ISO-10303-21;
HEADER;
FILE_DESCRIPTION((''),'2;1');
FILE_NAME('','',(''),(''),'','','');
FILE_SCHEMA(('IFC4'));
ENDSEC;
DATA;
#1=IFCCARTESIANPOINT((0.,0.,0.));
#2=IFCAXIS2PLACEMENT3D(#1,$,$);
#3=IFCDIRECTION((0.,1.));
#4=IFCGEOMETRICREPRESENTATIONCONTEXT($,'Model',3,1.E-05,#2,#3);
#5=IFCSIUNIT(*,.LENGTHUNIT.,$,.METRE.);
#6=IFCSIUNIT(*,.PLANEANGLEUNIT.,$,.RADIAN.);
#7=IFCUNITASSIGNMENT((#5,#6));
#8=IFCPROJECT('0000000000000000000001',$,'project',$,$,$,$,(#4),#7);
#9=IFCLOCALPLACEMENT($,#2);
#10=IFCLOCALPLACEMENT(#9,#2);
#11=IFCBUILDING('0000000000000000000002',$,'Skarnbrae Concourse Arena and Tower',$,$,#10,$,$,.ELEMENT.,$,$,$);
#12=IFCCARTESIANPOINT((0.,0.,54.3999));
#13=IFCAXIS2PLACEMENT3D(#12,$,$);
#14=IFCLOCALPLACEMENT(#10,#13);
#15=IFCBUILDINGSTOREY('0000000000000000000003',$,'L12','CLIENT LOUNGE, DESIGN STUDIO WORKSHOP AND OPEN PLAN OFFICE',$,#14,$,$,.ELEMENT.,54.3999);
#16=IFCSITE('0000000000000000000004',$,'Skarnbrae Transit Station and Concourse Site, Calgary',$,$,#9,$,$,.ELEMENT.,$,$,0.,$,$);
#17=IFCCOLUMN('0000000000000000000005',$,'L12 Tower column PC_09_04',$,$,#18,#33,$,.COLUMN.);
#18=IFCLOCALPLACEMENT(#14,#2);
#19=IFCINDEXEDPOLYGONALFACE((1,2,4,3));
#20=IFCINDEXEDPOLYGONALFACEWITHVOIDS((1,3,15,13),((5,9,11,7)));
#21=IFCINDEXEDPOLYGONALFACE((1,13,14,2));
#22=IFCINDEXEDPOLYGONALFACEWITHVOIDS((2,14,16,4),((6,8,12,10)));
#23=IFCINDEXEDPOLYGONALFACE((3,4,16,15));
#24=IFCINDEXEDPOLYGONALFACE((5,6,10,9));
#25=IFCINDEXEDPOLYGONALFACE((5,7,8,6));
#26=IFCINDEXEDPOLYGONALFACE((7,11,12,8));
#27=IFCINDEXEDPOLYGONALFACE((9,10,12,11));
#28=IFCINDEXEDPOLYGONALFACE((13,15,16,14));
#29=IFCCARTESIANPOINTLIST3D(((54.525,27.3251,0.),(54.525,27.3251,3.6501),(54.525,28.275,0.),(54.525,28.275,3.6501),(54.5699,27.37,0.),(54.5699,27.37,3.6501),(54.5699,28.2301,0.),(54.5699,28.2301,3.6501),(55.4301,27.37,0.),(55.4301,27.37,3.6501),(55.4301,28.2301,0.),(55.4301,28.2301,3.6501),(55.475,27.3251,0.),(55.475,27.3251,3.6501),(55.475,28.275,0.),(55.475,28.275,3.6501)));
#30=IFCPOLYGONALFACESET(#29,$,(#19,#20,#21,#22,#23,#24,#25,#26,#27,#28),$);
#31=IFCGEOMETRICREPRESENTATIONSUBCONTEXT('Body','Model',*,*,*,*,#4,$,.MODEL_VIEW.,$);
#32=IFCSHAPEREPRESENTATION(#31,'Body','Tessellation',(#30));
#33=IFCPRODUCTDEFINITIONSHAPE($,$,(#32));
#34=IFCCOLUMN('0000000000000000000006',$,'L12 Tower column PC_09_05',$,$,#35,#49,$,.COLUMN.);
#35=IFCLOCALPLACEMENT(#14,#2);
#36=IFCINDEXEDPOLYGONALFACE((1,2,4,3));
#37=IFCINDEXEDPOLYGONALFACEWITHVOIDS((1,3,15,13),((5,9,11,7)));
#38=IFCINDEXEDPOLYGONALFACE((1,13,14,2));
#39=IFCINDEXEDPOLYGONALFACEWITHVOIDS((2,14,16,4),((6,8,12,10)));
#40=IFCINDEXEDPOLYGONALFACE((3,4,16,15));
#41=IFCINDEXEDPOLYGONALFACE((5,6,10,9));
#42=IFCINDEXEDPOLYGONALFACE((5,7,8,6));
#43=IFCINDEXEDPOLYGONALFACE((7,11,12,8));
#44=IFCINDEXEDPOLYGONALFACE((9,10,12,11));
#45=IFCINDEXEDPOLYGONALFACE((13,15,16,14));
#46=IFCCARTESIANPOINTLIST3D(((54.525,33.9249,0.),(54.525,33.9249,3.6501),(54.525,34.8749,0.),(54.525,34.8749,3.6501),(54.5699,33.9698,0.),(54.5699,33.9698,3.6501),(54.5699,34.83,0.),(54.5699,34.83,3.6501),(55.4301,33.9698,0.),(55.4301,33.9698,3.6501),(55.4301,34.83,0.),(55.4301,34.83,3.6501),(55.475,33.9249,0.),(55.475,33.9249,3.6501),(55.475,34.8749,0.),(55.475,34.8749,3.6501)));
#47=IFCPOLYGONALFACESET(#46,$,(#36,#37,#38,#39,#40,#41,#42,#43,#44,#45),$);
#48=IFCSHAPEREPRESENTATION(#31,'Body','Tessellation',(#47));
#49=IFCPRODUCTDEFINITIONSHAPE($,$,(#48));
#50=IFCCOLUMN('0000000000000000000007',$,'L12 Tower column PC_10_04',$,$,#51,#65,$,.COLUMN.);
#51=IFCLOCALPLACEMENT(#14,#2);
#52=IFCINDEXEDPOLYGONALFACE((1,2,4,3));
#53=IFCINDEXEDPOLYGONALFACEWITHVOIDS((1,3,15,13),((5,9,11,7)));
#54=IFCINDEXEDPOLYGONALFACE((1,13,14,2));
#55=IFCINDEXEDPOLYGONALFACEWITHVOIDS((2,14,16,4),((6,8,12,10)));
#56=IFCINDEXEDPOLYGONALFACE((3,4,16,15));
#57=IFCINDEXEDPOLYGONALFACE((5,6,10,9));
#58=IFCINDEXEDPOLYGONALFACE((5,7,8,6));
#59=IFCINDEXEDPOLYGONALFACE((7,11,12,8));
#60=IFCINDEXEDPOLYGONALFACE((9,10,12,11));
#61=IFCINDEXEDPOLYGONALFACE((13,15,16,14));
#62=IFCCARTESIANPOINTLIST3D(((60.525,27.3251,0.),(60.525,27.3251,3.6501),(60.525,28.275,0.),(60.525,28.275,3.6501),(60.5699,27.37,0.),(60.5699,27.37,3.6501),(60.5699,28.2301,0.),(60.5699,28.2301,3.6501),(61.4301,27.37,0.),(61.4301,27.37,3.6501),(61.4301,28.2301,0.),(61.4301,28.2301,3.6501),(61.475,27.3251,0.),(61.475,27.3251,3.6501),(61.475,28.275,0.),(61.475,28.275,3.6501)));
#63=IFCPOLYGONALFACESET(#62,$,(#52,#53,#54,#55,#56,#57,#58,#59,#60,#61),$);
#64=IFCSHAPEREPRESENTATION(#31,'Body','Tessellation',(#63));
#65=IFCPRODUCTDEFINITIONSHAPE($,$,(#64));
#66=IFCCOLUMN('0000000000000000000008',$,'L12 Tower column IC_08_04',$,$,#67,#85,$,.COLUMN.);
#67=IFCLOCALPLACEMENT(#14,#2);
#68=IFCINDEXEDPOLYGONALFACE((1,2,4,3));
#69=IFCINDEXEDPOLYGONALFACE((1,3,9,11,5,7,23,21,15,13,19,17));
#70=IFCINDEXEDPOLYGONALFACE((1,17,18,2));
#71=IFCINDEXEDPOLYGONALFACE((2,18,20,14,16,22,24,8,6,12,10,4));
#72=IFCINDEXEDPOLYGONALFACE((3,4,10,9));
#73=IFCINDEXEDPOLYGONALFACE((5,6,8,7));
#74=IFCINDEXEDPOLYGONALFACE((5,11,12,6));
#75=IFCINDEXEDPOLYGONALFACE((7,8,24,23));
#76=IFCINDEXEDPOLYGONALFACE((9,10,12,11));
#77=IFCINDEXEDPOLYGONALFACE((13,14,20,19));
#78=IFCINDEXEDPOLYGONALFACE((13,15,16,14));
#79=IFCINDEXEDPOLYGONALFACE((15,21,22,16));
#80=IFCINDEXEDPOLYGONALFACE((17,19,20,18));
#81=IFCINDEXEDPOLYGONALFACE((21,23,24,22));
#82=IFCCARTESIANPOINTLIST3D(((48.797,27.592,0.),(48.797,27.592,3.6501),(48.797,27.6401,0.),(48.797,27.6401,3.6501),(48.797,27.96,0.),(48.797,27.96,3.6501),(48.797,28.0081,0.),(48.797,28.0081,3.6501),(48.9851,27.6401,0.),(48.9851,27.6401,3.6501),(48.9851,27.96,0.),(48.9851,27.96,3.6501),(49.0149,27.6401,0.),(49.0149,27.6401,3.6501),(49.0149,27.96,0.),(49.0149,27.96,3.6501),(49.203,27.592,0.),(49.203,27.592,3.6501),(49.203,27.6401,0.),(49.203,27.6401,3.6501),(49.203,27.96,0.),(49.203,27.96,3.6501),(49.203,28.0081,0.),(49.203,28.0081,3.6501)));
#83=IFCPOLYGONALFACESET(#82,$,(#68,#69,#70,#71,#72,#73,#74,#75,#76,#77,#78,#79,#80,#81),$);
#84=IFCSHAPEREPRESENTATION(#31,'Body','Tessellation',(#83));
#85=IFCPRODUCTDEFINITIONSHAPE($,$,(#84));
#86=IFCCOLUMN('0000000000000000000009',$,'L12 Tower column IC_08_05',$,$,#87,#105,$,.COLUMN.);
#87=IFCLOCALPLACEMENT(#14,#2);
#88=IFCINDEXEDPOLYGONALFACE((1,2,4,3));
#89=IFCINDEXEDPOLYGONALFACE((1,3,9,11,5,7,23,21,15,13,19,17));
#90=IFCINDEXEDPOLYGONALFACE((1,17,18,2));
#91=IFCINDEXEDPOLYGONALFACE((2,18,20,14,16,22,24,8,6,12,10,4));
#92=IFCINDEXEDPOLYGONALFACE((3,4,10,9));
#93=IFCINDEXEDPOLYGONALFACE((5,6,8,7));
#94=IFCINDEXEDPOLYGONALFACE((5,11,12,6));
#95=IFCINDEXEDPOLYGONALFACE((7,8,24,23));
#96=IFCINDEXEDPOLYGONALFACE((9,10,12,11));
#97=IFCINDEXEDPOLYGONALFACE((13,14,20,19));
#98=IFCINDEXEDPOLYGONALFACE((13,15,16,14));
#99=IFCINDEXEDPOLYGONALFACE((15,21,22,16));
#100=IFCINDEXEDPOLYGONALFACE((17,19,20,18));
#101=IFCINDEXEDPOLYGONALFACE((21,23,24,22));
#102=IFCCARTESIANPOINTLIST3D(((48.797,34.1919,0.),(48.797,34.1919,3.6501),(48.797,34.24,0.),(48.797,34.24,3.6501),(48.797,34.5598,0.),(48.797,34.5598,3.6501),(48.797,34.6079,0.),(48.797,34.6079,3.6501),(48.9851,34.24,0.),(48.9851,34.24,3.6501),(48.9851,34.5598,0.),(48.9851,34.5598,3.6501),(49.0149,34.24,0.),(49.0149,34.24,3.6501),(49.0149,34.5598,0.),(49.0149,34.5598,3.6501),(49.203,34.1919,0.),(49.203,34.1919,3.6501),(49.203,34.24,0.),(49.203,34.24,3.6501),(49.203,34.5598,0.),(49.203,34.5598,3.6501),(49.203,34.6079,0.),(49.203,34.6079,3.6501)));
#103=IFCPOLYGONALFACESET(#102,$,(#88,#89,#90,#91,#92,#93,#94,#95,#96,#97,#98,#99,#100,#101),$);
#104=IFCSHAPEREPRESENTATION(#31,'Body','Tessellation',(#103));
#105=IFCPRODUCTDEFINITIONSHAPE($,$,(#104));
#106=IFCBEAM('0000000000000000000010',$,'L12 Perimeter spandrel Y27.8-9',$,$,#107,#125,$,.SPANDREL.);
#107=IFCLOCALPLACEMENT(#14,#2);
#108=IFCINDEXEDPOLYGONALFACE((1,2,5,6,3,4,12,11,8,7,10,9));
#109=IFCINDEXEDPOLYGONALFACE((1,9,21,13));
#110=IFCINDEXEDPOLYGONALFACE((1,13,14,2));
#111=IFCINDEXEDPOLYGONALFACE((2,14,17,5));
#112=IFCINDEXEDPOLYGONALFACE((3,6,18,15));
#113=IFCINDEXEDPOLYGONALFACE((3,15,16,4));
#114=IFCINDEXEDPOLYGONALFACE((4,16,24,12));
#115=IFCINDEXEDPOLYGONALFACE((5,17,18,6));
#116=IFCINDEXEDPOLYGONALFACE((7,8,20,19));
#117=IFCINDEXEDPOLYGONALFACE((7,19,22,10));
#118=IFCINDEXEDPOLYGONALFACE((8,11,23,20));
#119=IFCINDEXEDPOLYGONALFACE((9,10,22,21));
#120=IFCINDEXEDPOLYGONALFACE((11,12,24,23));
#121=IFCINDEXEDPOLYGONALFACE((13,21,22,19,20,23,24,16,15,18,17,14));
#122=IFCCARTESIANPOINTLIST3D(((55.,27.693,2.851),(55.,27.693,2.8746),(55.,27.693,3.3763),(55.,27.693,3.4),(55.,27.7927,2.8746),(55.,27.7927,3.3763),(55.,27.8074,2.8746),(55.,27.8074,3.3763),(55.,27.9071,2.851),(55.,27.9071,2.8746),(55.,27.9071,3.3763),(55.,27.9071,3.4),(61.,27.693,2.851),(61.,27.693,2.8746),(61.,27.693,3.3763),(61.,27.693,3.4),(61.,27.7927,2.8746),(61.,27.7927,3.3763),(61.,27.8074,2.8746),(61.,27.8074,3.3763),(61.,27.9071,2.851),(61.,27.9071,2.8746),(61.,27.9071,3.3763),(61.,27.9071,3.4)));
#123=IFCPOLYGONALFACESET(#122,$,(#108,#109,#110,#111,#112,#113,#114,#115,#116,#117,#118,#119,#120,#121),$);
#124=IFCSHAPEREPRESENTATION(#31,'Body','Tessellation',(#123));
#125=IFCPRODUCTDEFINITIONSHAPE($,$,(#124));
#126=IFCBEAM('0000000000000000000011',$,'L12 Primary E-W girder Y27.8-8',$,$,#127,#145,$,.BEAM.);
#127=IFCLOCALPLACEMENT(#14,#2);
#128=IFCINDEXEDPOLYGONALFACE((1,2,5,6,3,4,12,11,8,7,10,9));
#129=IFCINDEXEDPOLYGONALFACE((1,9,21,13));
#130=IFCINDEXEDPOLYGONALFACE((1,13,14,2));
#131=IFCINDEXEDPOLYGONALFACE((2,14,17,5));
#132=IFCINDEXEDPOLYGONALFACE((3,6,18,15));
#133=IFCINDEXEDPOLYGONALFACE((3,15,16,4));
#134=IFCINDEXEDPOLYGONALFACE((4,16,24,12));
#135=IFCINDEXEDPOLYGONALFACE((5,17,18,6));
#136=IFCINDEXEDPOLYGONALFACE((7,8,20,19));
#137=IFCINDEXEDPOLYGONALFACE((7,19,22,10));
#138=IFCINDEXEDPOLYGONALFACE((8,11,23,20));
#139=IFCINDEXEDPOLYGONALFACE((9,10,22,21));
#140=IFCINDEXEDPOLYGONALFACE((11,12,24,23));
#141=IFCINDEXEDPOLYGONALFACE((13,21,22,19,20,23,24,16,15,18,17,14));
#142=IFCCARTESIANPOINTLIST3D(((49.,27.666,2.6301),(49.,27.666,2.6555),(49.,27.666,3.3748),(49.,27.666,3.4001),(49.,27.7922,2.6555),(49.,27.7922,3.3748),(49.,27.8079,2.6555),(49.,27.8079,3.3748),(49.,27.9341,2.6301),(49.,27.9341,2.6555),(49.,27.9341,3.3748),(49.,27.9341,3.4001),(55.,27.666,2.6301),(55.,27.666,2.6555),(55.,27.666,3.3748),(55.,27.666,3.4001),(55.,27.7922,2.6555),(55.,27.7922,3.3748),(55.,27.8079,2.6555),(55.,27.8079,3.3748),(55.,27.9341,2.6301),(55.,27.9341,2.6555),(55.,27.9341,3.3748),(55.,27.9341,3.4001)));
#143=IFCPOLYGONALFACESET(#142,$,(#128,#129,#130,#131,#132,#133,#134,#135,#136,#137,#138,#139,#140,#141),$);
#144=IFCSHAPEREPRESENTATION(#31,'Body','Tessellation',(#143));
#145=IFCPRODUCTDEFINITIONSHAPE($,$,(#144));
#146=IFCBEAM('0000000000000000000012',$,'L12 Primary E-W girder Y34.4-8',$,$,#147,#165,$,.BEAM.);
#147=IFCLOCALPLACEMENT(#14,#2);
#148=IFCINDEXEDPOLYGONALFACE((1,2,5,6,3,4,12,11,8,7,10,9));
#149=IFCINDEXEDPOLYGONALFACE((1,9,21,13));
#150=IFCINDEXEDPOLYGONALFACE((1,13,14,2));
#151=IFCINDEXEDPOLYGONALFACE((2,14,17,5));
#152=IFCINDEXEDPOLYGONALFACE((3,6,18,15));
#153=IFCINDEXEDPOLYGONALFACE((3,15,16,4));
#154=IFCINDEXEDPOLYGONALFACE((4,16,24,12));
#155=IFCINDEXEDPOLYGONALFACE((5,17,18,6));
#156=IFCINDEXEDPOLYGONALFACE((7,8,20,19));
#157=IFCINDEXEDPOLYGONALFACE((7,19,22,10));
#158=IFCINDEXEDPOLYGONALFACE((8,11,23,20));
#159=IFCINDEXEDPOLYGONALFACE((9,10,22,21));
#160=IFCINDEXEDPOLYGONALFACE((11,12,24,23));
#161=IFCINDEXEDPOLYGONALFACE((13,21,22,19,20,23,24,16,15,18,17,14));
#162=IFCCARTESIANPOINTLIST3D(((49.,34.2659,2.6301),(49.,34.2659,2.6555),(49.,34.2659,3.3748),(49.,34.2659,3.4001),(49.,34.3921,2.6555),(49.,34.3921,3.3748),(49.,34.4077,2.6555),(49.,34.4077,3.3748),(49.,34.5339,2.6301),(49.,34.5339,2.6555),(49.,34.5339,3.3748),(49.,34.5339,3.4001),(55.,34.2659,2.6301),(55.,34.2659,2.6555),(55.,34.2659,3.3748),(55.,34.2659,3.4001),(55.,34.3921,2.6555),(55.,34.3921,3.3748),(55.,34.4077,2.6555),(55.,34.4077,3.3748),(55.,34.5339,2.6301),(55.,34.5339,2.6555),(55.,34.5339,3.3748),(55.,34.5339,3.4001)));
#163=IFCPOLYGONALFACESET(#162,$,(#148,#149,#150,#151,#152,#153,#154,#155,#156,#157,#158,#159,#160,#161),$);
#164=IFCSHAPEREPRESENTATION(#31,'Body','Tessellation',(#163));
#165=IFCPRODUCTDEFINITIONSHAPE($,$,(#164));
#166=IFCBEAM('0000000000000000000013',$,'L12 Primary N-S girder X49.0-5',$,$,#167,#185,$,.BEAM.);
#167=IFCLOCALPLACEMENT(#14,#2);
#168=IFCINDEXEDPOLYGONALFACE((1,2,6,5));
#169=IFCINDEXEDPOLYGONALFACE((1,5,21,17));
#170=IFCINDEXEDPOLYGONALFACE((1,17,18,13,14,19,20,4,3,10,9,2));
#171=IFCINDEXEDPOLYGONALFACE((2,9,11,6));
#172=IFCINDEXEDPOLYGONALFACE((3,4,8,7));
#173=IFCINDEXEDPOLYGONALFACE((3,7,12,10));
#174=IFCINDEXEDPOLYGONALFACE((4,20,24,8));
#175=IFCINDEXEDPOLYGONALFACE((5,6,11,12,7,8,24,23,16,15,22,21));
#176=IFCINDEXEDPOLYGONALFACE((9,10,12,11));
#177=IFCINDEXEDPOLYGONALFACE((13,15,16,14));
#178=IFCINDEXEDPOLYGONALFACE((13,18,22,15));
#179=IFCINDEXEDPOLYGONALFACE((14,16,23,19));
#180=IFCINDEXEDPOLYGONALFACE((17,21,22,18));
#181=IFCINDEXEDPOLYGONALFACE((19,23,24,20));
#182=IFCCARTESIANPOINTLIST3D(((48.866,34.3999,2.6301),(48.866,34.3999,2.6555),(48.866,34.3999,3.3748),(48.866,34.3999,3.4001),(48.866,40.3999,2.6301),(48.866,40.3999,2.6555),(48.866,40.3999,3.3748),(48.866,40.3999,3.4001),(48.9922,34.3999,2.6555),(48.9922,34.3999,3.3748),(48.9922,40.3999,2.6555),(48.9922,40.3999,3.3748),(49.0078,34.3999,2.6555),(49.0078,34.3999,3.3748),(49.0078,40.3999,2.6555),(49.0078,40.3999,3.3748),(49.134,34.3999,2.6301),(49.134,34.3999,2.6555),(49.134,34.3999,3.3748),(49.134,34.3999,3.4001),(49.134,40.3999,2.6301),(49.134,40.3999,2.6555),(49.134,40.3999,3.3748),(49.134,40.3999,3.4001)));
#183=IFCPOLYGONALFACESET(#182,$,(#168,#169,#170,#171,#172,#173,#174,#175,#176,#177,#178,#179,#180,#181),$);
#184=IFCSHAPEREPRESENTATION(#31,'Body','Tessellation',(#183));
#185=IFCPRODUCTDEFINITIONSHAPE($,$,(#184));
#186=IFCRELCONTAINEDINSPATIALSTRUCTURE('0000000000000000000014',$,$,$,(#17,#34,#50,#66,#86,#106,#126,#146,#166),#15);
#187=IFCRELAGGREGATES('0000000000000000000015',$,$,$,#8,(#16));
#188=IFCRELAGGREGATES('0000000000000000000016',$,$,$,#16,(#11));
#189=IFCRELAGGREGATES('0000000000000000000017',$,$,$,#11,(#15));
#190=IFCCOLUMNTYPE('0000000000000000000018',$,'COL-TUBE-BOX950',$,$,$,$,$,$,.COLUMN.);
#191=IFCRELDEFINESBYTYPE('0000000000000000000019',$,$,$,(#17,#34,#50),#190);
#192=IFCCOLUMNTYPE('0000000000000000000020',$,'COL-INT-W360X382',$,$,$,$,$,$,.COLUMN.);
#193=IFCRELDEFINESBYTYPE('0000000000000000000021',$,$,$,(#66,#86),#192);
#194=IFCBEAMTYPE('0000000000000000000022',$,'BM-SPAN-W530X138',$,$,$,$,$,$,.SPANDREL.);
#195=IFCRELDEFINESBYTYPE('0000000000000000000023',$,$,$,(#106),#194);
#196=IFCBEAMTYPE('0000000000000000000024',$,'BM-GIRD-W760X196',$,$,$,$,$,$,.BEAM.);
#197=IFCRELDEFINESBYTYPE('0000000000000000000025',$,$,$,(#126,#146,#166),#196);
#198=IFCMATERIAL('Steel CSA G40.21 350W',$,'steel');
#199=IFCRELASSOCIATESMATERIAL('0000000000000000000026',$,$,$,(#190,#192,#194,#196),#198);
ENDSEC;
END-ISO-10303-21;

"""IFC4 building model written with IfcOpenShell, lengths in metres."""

from ifc_helpers import new_model, si_unit, direction, frame, origin, origin_2d, place, context, subcontext, project, spatial, hollow_rectangle, i_section, extrude, source, transform, mapped, material, material_profile, profile_set, type_object, element, save


model = new_model("IFC4")

# Units and contexts
model_context = context("Model", 3, precision=1e-05, world=origin(), true_north=direction((0.0, 1.0)))
body_context = subcontext(model_context, "Body", "Model", "MODEL_VIEW")
ifc_project = project(units=[si_unit("LENGTHUNIT", "METRE"), si_unit("PLANEANGLEUNIT", "RADIAN")], contexts=[model_context])

# Site, building, storey
site_placement = place(None, origin())
site = spatial("IfcSite", under=ifc_project, at=site_placement, Name="Skarnbrae Transit Station and Concourse Site, Calgary", CompositionType="ELEMENT", RefElevation=0.0)
building_placement = place(site_placement, origin())
building = spatial("IfcBuilding", under=site, at=building_placement, Name="Skarnbrae Concourse Arena and Tower", CompositionType="ELEMENT")
storey_placement = place(building_placement, frame((0.0, 0.0, 54.3999)))
storey = spatial("IfcBuildingStorey", under=building, at=storey_placement, Name="L12", Description="CLIENT LOUNGE, DESIGN STUDIO WORKSHOP AND OPEN PLAN OFFICE", CompositionType="ELEMENT", Elevation=54.3999)

# Columns
ifc_material_1 = material(Name="Steel CSA G40.21 350W", Category="steel")
ifc_material_profile_1 = material_profile(ifc_material_1, hollow_rectangle(XDim=0.95, YDim=0.95, WallThickness=0.0449, at=origin_2d()), Name="BOX950X950X45")
ifc_profile_set_1 = profile_set([ifc_material_profile_1], Name="Steel CSA G40.21 350W")
column_type_1 = type_object("IfcColumnType", Name="COL-TUBE-BOX950", PredefinedType="COLUMN", material=ifc_profile_set_1)
shared_shape_1 = source(origin(), body_context, "Body", "SweptSolid", [
    extrude(hollow_rectangle(XDim=0.95, YDim=0.95, WallThickness=0.0449, at=origin_2d()), origin(), (0.0, 0.0, 1.0), 3.6501),
])
for number, where, z_axis, x_axis, name in (
    (1, (55.0, 27.8, 0.0), (0.0, 0.0, 1.0), (1.0, 0.0, 0.0), "L12 Tower column PC_09_04"),
    (2, (55.0, 34.3999, 0.0), (0.0, 0.0, 1.0), (1.0, 0.0, 0.0), "L12 Tower column PC_09_05"),
    (3, (61.0, 27.8, 0.0), (0.0, 0.0, 1.0), (1.0, 0.0, 0.0), "L12 Tower column PC_10_04"),
):
    element("IfcColumn", number, at=place(storey_placement, frame(where, z_axis=z_axis, x_axis=x_axis)), inside=storey, type_object=column_type_1, Name=name, PredefinedType="COLUMN", context=body_context, shape_type="MappedRepresentation", body=[
        mapped(shared_shape_1, transform((0.0, 0.0, 0.0))),
    ])
ifc_material_profile_2 = material_profile(ifc_material_1, i_section(OverallWidth=0.406, OverallDepth=0.416, WebThickness=0.0298, FlangeThickness=0.0481, at=origin_2d()), Name="W360X382")
ifc_profile_set_2 = profile_set([ifc_material_profile_2], Name="Steel CSA G40.21 350W")
column_type_2 = type_object("IfcColumnType", Name="COL-INT-W360X382", PredefinedType="COLUMN", material=ifc_profile_set_2)
shared_shape_2 = source(origin(), body_context, "Body", "SweptSolid", [
    extrude(i_section(OverallWidth=0.406, OverallDepth=0.416, WebThickness=0.0298, FlangeThickness=0.0481, at=origin_2d()), origin(), (0.0, 0.0, 1.0), 3.6501),
])
for number, where, z_axis, x_axis, name in (
    (4, (49.0, 27.8, 0.0), (0.0, 0.0, 1.0), (1.0, 0.0, 0.0), "L12 Tower column IC_08_04"),
    (5, (49.0, 34.3999, 0.0), (0.0, 0.0, 1.0), (1.0, 0.0, 0.0), "L12 Tower column IC_08_05"),
):
    element("IfcColumn", number, at=place(storey_placement, frame(where, z_axis=z_axis, x_axis=x_axis)), inside=storey, type_object=column_type_2, Name=name, PredefinedType="COLUMN", context=body_context, shape_type="MappedRepresentation", body=[
        mapped(shared_shape_2, transform((0.0, 0.0, 0.0))),
    ])

# Beams
ifc_material_profile_3 = material_profile(ifc_material_1, i_section(OverallWidth=0.2141, OverallDepth=0.5491, WebThickness=0.0146, FlangeThickness=0.0237, at=origin_2d()), Name="W530X138")
ifc_profile_set_3 = profile_set([ifc_material_profile_3], Name="Steel CSA G40.21 350W")
beam_type_1 = type_object("IfcBeamType", Name="BM-SPAN-W530X138", PredefinedType="SPANDREL", material=ifc_profile_set_3)
shared_shape_3 = source(origin(), body_context, "Body", "SweptSolid", [
    extrude(i_section(OverallWidth=0.2141, OverallDepth=0.5491, WebThickness=0.0146, FlangeThickness=0.0237, at=origin_2d()), origin(), (0.0, 0.0, 1.0), 6.0),
])
beam_1_placement = place(storey_placement, frame((55.0, 27.8, 3.1255), z_axis=(1.0, 0.0, 0.0), x_axis=(0.0, 1.0, 0.0)))
element("IfcBeam", 6, at=beam_1_placement, inside=storey, type_object=beam_type_1, Name="L12 Perimeter spandrel Y27.8-9", PredefinedType="SPANDREL", context=body_context, shape_type="MappedRepresentation", body=[
    mapped(shared_shape_3, transform((0.0, 0.0, 0.0))),
])
ifc_material_profile_4 = material_profile(ifc_material_1, i_section(OverallWidth=0.2681, OverallDepth=0.77, WebThickness=0.0156, FlangeThickness=0.0254, at=origin_2d()), Name="W760X196")
ifc_profile_set_4 = profile_set([ifc_material_profile_4], Name="Steel CSA G40.21 350W")
beam_type_2 = type_object("IfcBeamType", Name="BM-GIRD-W760X196", PredefinedType="BEAM", material=ifc_profile_set_4)
shared_shape_4 = source(origin(), body_context, "Body", "SweptSolid", [
    extrude(i_section(OverallWidth=0.2681, OverallDepth=0.77, WebThickness=0.0156, FlangeThickness=0.0254, at=origin_2d()), origin(), (0.0, 0.0, 1.0), 6.0),
])
for number, where, z_axis, x_axis, name in (
    (7, (49.0, 27.8, 3.0151), (1.0, 0.0, 0.0), (0.0, 1.0, 0.0), "L12 Primary E-W girder Y27.8-8"),
    (8, (49.0, 34.3999, 3.0151), (1.0, 0.0, 0.0), (0.0, 1.0, 0.0), "L12 Primary E-W girder Y34.4-8"),
    (9, (49.0, 34.3999, 3.0151), (0.0, 1.0, 0.0), (-1.0, 0.0, 0.0), "L12 Primary N-S girder X49.0-5"),
):
    element("IfcBeam", number, at=place(storey_placement, frame(where, z_axis=z_axis, x_axis=x_axis)), inside=storey, type_object=beam_type_2, Name=name, PredefinedType="BEAM", context=body_context, shape_type="MappedRepresentation", body=[
        mapped(shared_shape_4, transform((0.0, 0.0, 0.0))),
    ])

save(model, "model.ifc")
